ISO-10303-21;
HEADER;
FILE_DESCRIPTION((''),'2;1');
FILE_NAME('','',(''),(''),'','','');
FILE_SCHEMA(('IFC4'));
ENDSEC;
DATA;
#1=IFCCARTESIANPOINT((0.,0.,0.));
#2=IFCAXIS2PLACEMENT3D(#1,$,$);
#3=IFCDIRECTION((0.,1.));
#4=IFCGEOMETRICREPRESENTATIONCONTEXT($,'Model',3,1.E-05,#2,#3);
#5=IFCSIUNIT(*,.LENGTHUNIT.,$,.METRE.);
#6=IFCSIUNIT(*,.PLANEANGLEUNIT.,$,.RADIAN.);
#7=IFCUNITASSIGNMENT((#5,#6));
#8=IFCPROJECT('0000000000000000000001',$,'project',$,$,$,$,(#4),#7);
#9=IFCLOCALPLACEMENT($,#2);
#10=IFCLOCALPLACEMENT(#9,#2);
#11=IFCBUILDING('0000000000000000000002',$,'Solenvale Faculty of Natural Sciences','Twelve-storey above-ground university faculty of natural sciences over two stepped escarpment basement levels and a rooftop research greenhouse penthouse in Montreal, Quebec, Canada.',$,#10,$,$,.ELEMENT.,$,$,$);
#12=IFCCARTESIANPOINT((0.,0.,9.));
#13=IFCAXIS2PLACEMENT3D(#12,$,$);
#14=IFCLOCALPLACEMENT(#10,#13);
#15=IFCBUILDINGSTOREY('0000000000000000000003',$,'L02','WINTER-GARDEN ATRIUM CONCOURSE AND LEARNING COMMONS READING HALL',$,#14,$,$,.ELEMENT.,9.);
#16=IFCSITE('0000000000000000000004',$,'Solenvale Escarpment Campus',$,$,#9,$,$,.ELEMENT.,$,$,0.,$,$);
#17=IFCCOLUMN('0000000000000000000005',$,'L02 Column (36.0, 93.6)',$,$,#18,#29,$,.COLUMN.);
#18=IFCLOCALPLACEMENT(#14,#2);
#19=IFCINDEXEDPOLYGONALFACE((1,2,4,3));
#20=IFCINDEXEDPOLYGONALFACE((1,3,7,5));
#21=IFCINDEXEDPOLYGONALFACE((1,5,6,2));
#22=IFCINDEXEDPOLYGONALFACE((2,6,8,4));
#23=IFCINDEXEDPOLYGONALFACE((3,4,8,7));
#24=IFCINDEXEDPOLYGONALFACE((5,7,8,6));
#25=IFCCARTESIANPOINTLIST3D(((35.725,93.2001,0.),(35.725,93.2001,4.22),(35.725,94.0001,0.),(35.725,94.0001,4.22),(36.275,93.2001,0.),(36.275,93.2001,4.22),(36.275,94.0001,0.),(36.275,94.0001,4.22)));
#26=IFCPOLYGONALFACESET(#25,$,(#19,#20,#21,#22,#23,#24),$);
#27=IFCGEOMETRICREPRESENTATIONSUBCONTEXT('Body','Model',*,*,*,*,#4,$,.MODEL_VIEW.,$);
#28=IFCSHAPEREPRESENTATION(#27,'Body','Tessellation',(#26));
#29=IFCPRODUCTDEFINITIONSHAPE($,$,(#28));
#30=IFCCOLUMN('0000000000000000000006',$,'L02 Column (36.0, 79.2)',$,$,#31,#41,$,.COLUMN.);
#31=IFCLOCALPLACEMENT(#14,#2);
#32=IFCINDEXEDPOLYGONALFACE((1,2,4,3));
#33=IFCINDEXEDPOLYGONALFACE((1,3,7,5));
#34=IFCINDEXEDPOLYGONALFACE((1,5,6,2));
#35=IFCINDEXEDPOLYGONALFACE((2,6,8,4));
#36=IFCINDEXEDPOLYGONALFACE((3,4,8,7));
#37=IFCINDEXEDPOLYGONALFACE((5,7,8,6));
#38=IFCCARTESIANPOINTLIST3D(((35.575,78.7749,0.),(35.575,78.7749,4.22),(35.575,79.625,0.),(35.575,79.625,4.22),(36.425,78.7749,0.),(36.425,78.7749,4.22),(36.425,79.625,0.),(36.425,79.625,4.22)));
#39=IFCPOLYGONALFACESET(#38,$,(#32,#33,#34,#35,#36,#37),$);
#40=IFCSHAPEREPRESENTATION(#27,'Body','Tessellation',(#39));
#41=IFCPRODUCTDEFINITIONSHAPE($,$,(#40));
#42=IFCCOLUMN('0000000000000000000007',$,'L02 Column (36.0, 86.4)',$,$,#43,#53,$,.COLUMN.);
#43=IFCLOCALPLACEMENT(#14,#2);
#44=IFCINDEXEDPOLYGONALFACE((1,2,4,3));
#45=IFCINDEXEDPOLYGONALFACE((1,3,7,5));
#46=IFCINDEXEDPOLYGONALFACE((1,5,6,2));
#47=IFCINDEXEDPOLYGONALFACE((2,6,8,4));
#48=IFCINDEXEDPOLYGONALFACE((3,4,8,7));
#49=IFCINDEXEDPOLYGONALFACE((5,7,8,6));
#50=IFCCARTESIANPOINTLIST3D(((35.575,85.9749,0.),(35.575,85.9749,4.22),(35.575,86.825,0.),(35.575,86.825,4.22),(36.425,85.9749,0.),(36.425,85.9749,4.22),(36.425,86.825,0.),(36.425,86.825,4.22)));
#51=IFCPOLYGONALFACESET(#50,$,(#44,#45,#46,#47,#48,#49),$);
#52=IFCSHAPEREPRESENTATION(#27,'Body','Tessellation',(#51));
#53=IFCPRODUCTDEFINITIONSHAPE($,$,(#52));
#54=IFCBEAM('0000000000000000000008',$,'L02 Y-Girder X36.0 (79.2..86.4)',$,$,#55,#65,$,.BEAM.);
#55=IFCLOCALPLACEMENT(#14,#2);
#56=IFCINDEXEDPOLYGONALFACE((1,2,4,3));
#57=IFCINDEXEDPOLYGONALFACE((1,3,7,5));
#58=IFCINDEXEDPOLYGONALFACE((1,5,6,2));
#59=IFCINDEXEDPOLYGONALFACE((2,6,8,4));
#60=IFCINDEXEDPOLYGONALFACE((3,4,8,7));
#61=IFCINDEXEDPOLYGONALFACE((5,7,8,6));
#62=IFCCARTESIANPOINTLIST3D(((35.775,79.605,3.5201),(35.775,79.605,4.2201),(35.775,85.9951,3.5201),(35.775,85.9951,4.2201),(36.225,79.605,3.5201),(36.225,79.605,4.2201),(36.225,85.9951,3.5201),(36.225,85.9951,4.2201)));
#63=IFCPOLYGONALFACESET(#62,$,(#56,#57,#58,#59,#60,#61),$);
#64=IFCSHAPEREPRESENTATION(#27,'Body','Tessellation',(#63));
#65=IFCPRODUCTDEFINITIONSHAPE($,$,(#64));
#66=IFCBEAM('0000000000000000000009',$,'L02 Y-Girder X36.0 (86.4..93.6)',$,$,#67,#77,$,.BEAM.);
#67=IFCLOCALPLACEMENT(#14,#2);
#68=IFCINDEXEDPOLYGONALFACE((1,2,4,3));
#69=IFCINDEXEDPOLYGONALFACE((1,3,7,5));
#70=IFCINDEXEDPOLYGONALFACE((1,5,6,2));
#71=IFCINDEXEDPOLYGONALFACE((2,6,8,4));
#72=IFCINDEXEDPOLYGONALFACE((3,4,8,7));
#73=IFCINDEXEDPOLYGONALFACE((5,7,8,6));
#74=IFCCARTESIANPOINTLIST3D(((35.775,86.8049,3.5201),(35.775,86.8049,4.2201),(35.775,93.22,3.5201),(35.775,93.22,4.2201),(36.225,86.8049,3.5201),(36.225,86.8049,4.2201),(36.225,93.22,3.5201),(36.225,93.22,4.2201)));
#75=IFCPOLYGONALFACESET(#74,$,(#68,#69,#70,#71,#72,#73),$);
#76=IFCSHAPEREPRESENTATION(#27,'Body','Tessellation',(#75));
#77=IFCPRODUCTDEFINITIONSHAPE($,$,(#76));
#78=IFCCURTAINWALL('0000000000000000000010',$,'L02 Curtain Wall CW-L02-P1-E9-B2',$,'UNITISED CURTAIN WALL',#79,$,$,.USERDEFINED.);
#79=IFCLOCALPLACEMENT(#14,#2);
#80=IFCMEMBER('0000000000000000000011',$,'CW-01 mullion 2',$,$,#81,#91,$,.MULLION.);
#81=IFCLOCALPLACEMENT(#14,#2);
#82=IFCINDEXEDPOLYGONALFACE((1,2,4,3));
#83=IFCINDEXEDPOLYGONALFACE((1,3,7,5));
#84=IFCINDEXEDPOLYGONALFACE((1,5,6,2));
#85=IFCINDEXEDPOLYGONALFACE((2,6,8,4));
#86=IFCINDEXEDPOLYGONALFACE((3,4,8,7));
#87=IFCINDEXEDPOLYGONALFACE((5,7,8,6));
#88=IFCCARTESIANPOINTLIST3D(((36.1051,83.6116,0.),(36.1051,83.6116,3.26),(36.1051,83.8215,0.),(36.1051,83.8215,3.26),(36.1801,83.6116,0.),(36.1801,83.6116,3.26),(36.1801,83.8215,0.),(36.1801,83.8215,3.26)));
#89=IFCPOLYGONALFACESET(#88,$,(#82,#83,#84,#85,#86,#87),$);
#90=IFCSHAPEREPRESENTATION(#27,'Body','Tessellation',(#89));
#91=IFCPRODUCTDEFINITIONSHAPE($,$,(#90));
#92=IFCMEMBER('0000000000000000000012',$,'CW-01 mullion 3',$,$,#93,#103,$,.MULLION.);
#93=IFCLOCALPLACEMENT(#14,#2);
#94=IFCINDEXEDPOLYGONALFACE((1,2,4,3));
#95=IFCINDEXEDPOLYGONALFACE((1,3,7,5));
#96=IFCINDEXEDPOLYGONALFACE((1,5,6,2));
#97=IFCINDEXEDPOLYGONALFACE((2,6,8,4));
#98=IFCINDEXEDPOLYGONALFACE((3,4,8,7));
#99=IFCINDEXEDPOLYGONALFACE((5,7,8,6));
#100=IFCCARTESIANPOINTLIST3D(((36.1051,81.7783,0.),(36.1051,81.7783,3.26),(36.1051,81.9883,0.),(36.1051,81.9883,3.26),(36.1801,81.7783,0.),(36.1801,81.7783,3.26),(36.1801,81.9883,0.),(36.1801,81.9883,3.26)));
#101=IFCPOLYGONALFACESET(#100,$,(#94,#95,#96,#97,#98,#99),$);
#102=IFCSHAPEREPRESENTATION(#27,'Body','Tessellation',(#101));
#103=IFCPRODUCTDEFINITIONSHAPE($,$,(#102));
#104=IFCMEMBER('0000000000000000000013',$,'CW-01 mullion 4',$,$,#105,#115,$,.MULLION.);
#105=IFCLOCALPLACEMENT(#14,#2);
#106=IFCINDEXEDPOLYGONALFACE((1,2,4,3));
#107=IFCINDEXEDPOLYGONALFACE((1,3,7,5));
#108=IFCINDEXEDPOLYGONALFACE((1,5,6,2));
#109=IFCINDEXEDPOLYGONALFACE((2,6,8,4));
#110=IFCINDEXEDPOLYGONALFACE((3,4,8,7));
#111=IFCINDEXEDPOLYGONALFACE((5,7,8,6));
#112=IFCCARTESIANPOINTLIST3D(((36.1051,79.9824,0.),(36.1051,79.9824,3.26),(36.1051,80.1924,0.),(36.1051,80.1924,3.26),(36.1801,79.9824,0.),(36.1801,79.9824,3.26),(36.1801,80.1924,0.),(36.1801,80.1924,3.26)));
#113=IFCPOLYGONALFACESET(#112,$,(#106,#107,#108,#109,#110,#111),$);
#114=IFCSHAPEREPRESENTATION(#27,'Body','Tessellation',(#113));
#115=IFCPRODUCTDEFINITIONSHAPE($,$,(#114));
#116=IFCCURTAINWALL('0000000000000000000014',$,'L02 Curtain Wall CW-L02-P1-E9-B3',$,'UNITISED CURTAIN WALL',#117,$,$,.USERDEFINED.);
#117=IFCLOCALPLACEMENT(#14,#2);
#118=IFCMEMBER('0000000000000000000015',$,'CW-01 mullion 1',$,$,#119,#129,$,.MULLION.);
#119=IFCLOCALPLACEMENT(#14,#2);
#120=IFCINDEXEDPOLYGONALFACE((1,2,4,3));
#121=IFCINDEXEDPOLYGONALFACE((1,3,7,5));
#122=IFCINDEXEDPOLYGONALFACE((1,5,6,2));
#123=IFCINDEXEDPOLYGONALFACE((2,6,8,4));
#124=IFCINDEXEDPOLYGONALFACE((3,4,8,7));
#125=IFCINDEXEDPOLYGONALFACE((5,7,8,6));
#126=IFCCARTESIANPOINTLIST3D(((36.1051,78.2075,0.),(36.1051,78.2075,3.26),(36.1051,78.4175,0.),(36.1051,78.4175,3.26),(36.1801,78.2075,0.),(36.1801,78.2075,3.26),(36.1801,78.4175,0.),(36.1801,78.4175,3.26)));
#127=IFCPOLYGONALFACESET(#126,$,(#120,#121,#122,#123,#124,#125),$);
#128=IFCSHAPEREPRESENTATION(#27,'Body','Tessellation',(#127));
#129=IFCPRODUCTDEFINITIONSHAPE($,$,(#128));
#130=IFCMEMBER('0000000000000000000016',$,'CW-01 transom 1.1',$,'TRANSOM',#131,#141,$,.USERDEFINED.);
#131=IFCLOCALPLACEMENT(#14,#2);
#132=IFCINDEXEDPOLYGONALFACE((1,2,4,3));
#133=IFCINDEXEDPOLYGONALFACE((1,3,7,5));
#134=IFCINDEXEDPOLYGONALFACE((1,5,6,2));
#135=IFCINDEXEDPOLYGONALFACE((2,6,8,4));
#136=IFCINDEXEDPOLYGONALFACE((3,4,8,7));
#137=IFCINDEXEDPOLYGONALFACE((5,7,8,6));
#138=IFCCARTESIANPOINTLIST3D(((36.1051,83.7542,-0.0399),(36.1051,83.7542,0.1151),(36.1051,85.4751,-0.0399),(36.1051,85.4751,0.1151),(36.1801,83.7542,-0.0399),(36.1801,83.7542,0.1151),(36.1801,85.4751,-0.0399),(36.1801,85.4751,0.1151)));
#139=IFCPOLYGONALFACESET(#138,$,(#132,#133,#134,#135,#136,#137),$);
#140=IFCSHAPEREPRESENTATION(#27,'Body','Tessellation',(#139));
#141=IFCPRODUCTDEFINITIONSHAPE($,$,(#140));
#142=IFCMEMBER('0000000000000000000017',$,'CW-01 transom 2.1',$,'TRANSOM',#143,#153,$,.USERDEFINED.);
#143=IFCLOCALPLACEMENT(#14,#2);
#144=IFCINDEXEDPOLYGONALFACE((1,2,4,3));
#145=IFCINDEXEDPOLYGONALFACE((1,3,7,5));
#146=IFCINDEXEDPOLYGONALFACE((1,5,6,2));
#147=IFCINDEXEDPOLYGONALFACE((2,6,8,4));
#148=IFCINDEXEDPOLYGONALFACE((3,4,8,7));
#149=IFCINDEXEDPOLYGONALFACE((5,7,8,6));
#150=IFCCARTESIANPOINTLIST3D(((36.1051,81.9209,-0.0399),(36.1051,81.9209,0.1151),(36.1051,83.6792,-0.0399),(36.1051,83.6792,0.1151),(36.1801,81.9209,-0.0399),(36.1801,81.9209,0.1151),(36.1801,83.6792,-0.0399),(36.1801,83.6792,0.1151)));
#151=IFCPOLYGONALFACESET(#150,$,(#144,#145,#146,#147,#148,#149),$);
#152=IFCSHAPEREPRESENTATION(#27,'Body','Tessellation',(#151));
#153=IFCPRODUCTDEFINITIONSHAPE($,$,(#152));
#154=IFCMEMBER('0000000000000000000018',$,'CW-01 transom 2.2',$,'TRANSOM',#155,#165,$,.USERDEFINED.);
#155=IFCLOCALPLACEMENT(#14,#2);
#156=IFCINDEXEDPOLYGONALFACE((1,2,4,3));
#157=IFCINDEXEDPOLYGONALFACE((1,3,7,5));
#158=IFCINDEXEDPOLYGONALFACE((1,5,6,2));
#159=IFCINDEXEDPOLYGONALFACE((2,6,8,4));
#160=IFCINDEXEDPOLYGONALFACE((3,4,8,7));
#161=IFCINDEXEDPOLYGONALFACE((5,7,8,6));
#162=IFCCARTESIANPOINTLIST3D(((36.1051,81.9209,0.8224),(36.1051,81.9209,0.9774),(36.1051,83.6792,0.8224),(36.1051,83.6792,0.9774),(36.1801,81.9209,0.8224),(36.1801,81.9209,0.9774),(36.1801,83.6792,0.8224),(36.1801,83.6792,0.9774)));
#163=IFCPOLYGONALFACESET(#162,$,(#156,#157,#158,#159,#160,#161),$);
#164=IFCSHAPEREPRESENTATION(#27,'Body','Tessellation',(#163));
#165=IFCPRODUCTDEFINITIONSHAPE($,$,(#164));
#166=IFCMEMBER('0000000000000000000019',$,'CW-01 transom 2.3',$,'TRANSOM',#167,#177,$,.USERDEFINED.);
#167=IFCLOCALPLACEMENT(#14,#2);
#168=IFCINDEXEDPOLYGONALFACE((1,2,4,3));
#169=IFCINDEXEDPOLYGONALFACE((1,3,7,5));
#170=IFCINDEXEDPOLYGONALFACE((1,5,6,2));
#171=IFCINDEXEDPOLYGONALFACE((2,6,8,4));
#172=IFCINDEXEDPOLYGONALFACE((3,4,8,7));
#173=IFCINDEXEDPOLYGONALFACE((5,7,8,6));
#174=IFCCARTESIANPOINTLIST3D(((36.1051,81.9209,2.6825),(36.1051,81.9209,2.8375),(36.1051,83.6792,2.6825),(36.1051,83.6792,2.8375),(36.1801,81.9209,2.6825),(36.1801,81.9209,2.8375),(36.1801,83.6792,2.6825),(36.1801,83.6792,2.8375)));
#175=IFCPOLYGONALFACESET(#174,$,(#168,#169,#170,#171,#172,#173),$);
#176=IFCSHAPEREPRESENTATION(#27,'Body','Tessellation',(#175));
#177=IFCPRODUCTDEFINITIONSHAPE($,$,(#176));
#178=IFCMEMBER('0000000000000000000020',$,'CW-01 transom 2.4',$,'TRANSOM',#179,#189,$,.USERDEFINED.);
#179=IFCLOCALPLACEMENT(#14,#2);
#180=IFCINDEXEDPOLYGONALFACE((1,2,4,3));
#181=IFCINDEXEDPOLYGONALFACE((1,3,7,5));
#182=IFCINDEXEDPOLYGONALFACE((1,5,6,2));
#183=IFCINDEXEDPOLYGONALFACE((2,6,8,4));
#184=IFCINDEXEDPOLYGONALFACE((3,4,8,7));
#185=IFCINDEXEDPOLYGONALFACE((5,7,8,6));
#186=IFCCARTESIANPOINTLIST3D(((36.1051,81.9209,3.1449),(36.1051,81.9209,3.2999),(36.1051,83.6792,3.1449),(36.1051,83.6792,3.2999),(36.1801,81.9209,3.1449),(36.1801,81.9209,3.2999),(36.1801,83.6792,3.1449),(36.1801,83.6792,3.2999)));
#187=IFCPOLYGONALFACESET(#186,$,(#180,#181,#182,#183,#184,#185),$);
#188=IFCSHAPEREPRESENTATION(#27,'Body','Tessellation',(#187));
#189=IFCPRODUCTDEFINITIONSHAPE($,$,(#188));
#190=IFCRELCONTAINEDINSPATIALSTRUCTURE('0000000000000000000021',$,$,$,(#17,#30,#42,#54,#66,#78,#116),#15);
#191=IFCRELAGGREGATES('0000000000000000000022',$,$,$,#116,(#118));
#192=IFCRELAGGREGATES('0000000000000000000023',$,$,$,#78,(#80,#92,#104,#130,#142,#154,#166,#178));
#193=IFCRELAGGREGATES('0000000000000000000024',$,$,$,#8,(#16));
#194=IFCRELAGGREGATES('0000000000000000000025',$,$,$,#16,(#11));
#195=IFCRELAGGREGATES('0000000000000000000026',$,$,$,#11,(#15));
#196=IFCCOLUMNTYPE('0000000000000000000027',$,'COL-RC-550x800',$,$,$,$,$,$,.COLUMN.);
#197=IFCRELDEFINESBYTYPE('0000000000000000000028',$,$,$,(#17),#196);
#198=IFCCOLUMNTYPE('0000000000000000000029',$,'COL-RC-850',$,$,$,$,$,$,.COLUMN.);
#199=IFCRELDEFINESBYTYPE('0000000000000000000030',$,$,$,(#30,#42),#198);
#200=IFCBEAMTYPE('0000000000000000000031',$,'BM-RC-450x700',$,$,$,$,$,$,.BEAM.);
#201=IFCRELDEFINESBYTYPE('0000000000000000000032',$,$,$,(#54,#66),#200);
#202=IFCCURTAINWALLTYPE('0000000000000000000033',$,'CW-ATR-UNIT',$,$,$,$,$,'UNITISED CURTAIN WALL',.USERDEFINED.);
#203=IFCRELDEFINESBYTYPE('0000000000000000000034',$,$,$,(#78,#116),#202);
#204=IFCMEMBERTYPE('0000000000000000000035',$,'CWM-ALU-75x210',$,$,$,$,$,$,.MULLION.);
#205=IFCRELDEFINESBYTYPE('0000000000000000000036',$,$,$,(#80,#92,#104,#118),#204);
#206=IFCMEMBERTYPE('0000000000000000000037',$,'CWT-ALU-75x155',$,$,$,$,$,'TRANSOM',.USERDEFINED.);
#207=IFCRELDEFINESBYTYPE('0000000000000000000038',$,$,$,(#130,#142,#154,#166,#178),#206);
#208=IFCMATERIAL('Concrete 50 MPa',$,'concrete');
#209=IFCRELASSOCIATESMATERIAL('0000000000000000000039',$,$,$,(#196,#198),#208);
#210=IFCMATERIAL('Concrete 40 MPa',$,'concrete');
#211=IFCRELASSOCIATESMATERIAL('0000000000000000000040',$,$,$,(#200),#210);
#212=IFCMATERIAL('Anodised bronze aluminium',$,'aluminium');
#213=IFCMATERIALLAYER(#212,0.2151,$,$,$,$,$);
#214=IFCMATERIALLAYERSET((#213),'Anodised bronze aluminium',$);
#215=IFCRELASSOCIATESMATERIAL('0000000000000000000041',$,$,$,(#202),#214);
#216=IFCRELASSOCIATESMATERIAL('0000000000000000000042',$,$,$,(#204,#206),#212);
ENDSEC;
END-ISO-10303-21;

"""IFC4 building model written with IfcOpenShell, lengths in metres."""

from ifc_helpers import new_model, si_unit, direction, frame, origin, origin_2d, place, context, subcontext, project, spatial, rectangle, extrude, material, layer, layer_set, material_profile, profile_set, type_object, element, aggregate, save


model = new_model("IFC4")

# Units and contexts
model_context = context("Model", 3, precision=1e-05, world=origin(), true_north=direction((0.0, 1.0)))
body_context = subcontext(model_context, "Body", "Model", "MODEL_VIEW")
ifc_project = project(units=[si_unit("LENGTHUNIT", "METRE"), si_unit("PLANEANGLEUNIT", "RADIAN")], contexts=[model_context])

# Site, building, storey
site_placement = place(None, origin())
site = spatial("IfcSite", under=ifc_project, at=site_placement, Name="Solenvale Escarpment Campus", CompositionType="ELEMENT", RefElevation=0.0)
building_placement = place(site_placement, origin())
building = spatial("IfcBuilding", under=site, at=building_placement, Name="Solenvale Faculty of Natural Sciences", Description="Twelve-storey above-ground university faculty of natural sciences over two stepped escarpment basement levels and a rooftop research greenhouse penthouse in Montreal, Quebec, Canada.", CompositionType="ELEMENT")
storey_placement = place(building_placement, frame((0.0, 0.0, 9.0)))
storey = spatial("IfcBuildingStorey", under=building, at=storey_placement, Name="L02", Description="WINTER-GARDEN ATRIUM CONCOURSE AND LEARNING COMMONS READING HALL", CompositionType="ELEMENT", Elevation=9.0)

# Columns
ifc_material_1 = material(Name="Concrete 50 MPa", Category="concrete")
ifc_material_profile_1 = material_profile(ifc_material_1, rectangle(XDim=0.55, YDim=0.8, at=origin_2d()), Name="RC-COL-550x800")
ifc_profile_set_1 = profile_set([ifc_material_profile_1], Name="Concrete 50 MPa")
column_type_1 = type_object("IfcColumnType", Name="COL-RC-550x800", PredefinedType="COLUMN", material=ifc_profile_set_1)
column_placement = place(storey_placement, frame((36.0, 93.6001, 0.0), z_axis=(0.0, 0.0, 1.0), x_axis=(1.0, 0.0, 0.0)))
element("IfcColumn", 1, at=column_placement, inside=storey, type_object=column_type_1, Name="L02 Column (36.0, 93.6)", PredefinedType="COLUMN", context=body_context, shape_type="SweptSolid", body=[
    extrude(rectangle(XDim=0.55, YDim=0.8, at=origin_2d()), origin(), (0.0, 0.0, 1.0), 4.22),
])
ifc_material_profile_2 = material_profile(ifc_material_1, rectangle(XDim=0.8501, YDim=0.8501, at=origin_2d()), Name="RC-COL-850x850")
ifc_profile_set_2 = profile_set([ifc_material_profile_2], Name="Concrete 50 MPa")
column_type_2 = type_object("IfcColumnType", Name="COL-RC-850", PredefinedType="COLUMN", material=ifc_profile_set_2)
for number, where, z_axis, x_axis, name in (
    (2, (36.0, 79.2, 0.0), (0.0, 0.0, 1.0), (1.0, 0.0, 0.0), "L02 Column (36.0, 79.2)"),
    (3, (36.0, 86.3999, 0.0), (0.0, 0.0, 1.0), (1.0, 0.0, 0.0), "L02 Column (36.0, 86.4)"),
):
    element("IfcColumn", number, at=place(storey_placement, frame(where, z_axis=z_axis, x_axis=x_axis)), inside=storey, type_object=column_type_2, Name=name, PredefinedType="COLUMN", context=body_context, shape_type="SweptSolid", body=[
        extrude(rectangle(XDim=0.8501, YDim=0.8501, at=origin_2d()), origin(), (0.0, 0.0, 1.0), 4.22),
    ])

# Beams
ifc_material_2 = material(Name="Concrete 40 MPa", Category="concrete")
ifc_material_profile_3 = material_profile(ifc_material_2, rectangle(XDim=0.45, YDim=0.7, at=origin_2d()), Name="RC-BM-450x700")
ifc_profile_set_3 = profile_set([ifc_material_profile_3], Name="Concrete 40 MPa")
beam_type = type_object("IfcBeamType", Name="BM-RC-450x700", PredefinedType="BEAM", material=ifc_profile_set_3)
beam_1_placement = place(storey_placement, frame((36.0, 79.605, 3.8701), z_axis=(0.0, 1.0, 0.0), x_axis=(-1.0, 0.0, 0.0)))
element("IfcBeam", 4, at=beam_1_placement, inside=storey, type_object=beam_type, Name="L02 Y-Girder X36.0 (79.2..86.4)", PredefinedType="BEAM", context=body_context, shape_type="SweptSolid", body=[
    extrude(rectangle(XDim=0.45, YDim=0.7, at=origin_2d()), origin(), (0.0, 0.0, 1.0), 6.3901),
])
beam_2_placement = place(storey_placement, frame((36.0, 86.8049, 3.8701), z_axis=(0.0, 1.0, 0.0), x_axis=(-1.0, 0.0, 0.0)))
element("IfcBeam", 5, at=beam_2_placement, inside=storey, type_object=beam_type, Name="L02 Y-Girder X36.0 (86.4..93.6)", PredefinedType="BEAM", context=body_context, shape_type="SweptSolid", body=[
    extrude(rectangle(XDim=0.45, YDim=0.7, at=origin_2d()), origin(), (0.0, 0.0, 1.0), 6.415),
])

# Curtain wall, members
ifc_material_3 = material(Name="Anodised bronze aluminium", Category="aluminium")
ifc_layer_1 = layer(ifc_material_3, 0.2151)
ifc_layer_set_1 = layer_set([ifc_layer_1], Name="Anodised bronze aluminium")
curtain_wall_type = type_object("IfcCurtainWallType", Name="CW-ATR-UNIT", ElementType="UNITISED CURTAIN WALL", PredefinedType="USERDEFINED", material=ifc_layer_set_1)
curtain_wall_1_placement = place(storey_placement, origin())
curtain_wall_1 = element("IfcCurtainWall", 6, at=curtain_wall_1_placement, inside=storey, type_object=curtain_wall_type, Name="L02 Curtain Wall CW-L02-P1-E9-B2", ObjectType="UNITISED CURTAIN WALL", PredefinedType="USERDEFINED")
ifc_material_profile_4 = material_profile(ifc_material_3, rectangle(XDim=0.075, YDim=0.21, at=origin_2d()), Name="ALU-MUL-75x210")
ifc_profile_set_4 = profile_set([ifc_material_profile_4], Name="Anodised bronze aluminium")
member_type_1 = type_object("IfcMemberType", Name="CWM-ALU-75x210", PredefinedType="MULLION", material=ifc_profile_set_4)
member_1_placement = place(storey_placement, frame((36.1426, 83.7166, 0.0), z_axis=(0.0, 0.0, 1.0), x_axis=(1.0, 0.0, 0.0)))
member_1 = element("IfcMember", 7, at=member_1_placement, type_object=member_type_1, Name="CW-01 mullion 2", PredefinedType="MULLION", context=body_context, shape_type="SweptSolid", body=[
    extrude(rectangle(XDim=0.075, YDim=0.21, at=origin_2d()), origin(), (0.0, 0.0, 1.0), 3.26),
])
member_2_placement = place(storey_placement, frame((36.1426, 81.8833, 0.0), z_axis=(0.0, 0.0, 1.0), x_axis=(1.0, 0.0, 0.0)))
member_2 = element("IfcMember", 8, at=member_2_placement, type_object=member_type_1, Name="CW-01 mullion 3", PredefinedType="MULLION", context=body_context, shape_type="SweptSolid", body=[
    extrude(rectangle(XDim=0.075, YDim=0.21, at=origin_2d()), origin(), (0.0, 0.0, 1.0), 3.26),
])
member_3_placement = place(storey_placement, frame((36.1426, 80.0874, 0.0), z_axis=(0.0, 0.0, 1.0), x_axis=(1.0, 0.0, 0.0)))
member_3 = element("IfcMember", 9, at=member_3_placement, type_object=member_type_1, Name="CW-01 mullion 4", PredefinedType="MULLION", context=body_context, shape_type="SweptSolid", body=[
    extrude(rectangle(XDim=0.075, YDim=0.21, at=origin_2d()), origin(), (0.0, 0.0, 1.0), 3.26),
])

# Curtain wall, member
curtain_wall_2_placement = place(storey_placement, origin())
curtain_wall_2 = element("IfcCurtainWall", 10, at=curtain_wall_2_placement, inside=storey, type_object=curtain_wall_type, Name="L02 Curtain Wall CW-L02-P1-E9-B3", ObjectType="UNITISED CURTAIN WALL", PredefinedType="USERDEFINED")
member_4_placement = place(storey_placement, frame((36.1426, 78.3125, 0.0), z_axis=(0.0, 0.0, 1.0), x_axis=(1.0, 0.0, 0.0)))
member_4 = element("IfcMember", 11, at=member_4_placement, type_object=member_type_1, Name="CW-01 mullion 1", PredefinedType="MULLION", context=body_context, shape_type="SweptSolid", body=[
    extrude(rectangle(XDim=0.075, YDim=0.21, at=origin_2d()), origin(), (0.0, 0.0, 1.0), 3.26),
])
aggregate(curtain_wall_2, [member_4])

# Members
ifc_material_profile_5 = material_profile(ifc_material_3, rectangle(XDim=0.075, YDim=0.155, at=origin_2d()), Name="ALU-TRN-75x155")
ifc_profile_set_5 = profile_set([ifc_material_profile_5], Name="Anodised bronze aluminium")
member_type_2 = type_object("IfcMemberType", Name="CWT-ALU-75x155", ElementType="TRANSOM", PredefinedType="USERDEFINED", material=ifc_profile_set_5)
member_5_placement = place(storey_placement, frame((36.1426, 85.4751, 0.0376), z_axis=(0.0, -1.0, 0.0), x_axis=(1.0, 0.0, 0.0)))
member_5 = element("IfcMember", 12, at=member_5_placement, type_object=member_type_2, Name="CW-01 transom 1.1", ObjectType="TRANSOM", PredefinedType="USERDEFINED", context=body_context, shape_type="SweptSolid", body=[
    extrude(rectangle(XDim=0.075, YDim=0.155, at=origin_2d()), origin(), (0.0, 0.0, 1.0), 1.7209),
])
member_6_placement = place(storey_placement, frame((36.1426, 83.6792, 0.0376), z_axis=(0.0, -1.0, 0.0), x_axis=(1.0, 0.0, 0.0)))
member_6 = element("IfcMember", 13, at=member_6_placement, type_object=member_type_2, Name="CW-01 transom 2.1", ObjectType="TRANSOM", PredefinedType="USERDEFINED", context=body_context, shape_type="SweptSolid", body=[
    extrude(rectangle(XDim=0.075, YDim=0.155, at=origin_2d()), origin(), (0.0, 0.0, 1.0), 1.7583),
])
member_7_placement = place(storey_placement, frame((36.1426, 83.6792, 0.8999), z_axis=(0.0, -1.0, 0.0), x_axis=(1.0, 0.0, 0.0)))
member_7 = element("IfcMember", 14, at=member_7_placement, type_object=member_type_2, Name="CW-01 transom 2.2", ObjectType="TRANSOM", PredefinedType="USERDEFINED", context=body_context, shape_type="SweptSolid", body=[
    extrude(rectangle(XDim=0.075, YDim=0.155, at=origin_2d()), origin(), (0.0, 0.0, 1.0), 1.7583),
])
member_8_placement = place(storey_placement, frame((36.1426, 83.6792, 2.76), z_axis=(0.0, -1.0, 0.0), x_axis=(1.0, 0.0, 0.0)))
member_8 = element("IfcMember", 15, at=member_8_placement, type_object=member_type_2, Name="CW-01 transom 2.3", ObjectType="TRANSOM", PredefinedType="USERDEFINED", context=body_context, shape_type="SweptSolid", body=[
    extrude(rectangle(XDim=0.075, YDim=0.155, at=origin_2d()), origin(), (0.0, 0.0, 1.0), 1.7583),
])
member_9_placement = place(storey_placement, frame((36.1426, 83.6792, 3.2224), z_axis=(0.0, -1.0, 0.0), x_axis=(1.0, 0.0, 0.0)))
member_9 = element("IfcMember", 16, at=member_9_placement, type_object=member_type_2, Name="CW-01 transom 2.4", ObjectType="TRANSOM", PredefinedType="USERDEFINED", context=body_context, shape_type="SweptSolid", body=[
    extrude(rectangle(XDim=0.075, YDim=0.155, at=origin_2d()), origin(), (0.0, 0.0, 1.0), 1.7583),
])

aggregate(curtain_wall_1, [member_1, member_2, member_3, member_5, member_6, member_7, member_8, member_9])

save(model, "model.ifc")
